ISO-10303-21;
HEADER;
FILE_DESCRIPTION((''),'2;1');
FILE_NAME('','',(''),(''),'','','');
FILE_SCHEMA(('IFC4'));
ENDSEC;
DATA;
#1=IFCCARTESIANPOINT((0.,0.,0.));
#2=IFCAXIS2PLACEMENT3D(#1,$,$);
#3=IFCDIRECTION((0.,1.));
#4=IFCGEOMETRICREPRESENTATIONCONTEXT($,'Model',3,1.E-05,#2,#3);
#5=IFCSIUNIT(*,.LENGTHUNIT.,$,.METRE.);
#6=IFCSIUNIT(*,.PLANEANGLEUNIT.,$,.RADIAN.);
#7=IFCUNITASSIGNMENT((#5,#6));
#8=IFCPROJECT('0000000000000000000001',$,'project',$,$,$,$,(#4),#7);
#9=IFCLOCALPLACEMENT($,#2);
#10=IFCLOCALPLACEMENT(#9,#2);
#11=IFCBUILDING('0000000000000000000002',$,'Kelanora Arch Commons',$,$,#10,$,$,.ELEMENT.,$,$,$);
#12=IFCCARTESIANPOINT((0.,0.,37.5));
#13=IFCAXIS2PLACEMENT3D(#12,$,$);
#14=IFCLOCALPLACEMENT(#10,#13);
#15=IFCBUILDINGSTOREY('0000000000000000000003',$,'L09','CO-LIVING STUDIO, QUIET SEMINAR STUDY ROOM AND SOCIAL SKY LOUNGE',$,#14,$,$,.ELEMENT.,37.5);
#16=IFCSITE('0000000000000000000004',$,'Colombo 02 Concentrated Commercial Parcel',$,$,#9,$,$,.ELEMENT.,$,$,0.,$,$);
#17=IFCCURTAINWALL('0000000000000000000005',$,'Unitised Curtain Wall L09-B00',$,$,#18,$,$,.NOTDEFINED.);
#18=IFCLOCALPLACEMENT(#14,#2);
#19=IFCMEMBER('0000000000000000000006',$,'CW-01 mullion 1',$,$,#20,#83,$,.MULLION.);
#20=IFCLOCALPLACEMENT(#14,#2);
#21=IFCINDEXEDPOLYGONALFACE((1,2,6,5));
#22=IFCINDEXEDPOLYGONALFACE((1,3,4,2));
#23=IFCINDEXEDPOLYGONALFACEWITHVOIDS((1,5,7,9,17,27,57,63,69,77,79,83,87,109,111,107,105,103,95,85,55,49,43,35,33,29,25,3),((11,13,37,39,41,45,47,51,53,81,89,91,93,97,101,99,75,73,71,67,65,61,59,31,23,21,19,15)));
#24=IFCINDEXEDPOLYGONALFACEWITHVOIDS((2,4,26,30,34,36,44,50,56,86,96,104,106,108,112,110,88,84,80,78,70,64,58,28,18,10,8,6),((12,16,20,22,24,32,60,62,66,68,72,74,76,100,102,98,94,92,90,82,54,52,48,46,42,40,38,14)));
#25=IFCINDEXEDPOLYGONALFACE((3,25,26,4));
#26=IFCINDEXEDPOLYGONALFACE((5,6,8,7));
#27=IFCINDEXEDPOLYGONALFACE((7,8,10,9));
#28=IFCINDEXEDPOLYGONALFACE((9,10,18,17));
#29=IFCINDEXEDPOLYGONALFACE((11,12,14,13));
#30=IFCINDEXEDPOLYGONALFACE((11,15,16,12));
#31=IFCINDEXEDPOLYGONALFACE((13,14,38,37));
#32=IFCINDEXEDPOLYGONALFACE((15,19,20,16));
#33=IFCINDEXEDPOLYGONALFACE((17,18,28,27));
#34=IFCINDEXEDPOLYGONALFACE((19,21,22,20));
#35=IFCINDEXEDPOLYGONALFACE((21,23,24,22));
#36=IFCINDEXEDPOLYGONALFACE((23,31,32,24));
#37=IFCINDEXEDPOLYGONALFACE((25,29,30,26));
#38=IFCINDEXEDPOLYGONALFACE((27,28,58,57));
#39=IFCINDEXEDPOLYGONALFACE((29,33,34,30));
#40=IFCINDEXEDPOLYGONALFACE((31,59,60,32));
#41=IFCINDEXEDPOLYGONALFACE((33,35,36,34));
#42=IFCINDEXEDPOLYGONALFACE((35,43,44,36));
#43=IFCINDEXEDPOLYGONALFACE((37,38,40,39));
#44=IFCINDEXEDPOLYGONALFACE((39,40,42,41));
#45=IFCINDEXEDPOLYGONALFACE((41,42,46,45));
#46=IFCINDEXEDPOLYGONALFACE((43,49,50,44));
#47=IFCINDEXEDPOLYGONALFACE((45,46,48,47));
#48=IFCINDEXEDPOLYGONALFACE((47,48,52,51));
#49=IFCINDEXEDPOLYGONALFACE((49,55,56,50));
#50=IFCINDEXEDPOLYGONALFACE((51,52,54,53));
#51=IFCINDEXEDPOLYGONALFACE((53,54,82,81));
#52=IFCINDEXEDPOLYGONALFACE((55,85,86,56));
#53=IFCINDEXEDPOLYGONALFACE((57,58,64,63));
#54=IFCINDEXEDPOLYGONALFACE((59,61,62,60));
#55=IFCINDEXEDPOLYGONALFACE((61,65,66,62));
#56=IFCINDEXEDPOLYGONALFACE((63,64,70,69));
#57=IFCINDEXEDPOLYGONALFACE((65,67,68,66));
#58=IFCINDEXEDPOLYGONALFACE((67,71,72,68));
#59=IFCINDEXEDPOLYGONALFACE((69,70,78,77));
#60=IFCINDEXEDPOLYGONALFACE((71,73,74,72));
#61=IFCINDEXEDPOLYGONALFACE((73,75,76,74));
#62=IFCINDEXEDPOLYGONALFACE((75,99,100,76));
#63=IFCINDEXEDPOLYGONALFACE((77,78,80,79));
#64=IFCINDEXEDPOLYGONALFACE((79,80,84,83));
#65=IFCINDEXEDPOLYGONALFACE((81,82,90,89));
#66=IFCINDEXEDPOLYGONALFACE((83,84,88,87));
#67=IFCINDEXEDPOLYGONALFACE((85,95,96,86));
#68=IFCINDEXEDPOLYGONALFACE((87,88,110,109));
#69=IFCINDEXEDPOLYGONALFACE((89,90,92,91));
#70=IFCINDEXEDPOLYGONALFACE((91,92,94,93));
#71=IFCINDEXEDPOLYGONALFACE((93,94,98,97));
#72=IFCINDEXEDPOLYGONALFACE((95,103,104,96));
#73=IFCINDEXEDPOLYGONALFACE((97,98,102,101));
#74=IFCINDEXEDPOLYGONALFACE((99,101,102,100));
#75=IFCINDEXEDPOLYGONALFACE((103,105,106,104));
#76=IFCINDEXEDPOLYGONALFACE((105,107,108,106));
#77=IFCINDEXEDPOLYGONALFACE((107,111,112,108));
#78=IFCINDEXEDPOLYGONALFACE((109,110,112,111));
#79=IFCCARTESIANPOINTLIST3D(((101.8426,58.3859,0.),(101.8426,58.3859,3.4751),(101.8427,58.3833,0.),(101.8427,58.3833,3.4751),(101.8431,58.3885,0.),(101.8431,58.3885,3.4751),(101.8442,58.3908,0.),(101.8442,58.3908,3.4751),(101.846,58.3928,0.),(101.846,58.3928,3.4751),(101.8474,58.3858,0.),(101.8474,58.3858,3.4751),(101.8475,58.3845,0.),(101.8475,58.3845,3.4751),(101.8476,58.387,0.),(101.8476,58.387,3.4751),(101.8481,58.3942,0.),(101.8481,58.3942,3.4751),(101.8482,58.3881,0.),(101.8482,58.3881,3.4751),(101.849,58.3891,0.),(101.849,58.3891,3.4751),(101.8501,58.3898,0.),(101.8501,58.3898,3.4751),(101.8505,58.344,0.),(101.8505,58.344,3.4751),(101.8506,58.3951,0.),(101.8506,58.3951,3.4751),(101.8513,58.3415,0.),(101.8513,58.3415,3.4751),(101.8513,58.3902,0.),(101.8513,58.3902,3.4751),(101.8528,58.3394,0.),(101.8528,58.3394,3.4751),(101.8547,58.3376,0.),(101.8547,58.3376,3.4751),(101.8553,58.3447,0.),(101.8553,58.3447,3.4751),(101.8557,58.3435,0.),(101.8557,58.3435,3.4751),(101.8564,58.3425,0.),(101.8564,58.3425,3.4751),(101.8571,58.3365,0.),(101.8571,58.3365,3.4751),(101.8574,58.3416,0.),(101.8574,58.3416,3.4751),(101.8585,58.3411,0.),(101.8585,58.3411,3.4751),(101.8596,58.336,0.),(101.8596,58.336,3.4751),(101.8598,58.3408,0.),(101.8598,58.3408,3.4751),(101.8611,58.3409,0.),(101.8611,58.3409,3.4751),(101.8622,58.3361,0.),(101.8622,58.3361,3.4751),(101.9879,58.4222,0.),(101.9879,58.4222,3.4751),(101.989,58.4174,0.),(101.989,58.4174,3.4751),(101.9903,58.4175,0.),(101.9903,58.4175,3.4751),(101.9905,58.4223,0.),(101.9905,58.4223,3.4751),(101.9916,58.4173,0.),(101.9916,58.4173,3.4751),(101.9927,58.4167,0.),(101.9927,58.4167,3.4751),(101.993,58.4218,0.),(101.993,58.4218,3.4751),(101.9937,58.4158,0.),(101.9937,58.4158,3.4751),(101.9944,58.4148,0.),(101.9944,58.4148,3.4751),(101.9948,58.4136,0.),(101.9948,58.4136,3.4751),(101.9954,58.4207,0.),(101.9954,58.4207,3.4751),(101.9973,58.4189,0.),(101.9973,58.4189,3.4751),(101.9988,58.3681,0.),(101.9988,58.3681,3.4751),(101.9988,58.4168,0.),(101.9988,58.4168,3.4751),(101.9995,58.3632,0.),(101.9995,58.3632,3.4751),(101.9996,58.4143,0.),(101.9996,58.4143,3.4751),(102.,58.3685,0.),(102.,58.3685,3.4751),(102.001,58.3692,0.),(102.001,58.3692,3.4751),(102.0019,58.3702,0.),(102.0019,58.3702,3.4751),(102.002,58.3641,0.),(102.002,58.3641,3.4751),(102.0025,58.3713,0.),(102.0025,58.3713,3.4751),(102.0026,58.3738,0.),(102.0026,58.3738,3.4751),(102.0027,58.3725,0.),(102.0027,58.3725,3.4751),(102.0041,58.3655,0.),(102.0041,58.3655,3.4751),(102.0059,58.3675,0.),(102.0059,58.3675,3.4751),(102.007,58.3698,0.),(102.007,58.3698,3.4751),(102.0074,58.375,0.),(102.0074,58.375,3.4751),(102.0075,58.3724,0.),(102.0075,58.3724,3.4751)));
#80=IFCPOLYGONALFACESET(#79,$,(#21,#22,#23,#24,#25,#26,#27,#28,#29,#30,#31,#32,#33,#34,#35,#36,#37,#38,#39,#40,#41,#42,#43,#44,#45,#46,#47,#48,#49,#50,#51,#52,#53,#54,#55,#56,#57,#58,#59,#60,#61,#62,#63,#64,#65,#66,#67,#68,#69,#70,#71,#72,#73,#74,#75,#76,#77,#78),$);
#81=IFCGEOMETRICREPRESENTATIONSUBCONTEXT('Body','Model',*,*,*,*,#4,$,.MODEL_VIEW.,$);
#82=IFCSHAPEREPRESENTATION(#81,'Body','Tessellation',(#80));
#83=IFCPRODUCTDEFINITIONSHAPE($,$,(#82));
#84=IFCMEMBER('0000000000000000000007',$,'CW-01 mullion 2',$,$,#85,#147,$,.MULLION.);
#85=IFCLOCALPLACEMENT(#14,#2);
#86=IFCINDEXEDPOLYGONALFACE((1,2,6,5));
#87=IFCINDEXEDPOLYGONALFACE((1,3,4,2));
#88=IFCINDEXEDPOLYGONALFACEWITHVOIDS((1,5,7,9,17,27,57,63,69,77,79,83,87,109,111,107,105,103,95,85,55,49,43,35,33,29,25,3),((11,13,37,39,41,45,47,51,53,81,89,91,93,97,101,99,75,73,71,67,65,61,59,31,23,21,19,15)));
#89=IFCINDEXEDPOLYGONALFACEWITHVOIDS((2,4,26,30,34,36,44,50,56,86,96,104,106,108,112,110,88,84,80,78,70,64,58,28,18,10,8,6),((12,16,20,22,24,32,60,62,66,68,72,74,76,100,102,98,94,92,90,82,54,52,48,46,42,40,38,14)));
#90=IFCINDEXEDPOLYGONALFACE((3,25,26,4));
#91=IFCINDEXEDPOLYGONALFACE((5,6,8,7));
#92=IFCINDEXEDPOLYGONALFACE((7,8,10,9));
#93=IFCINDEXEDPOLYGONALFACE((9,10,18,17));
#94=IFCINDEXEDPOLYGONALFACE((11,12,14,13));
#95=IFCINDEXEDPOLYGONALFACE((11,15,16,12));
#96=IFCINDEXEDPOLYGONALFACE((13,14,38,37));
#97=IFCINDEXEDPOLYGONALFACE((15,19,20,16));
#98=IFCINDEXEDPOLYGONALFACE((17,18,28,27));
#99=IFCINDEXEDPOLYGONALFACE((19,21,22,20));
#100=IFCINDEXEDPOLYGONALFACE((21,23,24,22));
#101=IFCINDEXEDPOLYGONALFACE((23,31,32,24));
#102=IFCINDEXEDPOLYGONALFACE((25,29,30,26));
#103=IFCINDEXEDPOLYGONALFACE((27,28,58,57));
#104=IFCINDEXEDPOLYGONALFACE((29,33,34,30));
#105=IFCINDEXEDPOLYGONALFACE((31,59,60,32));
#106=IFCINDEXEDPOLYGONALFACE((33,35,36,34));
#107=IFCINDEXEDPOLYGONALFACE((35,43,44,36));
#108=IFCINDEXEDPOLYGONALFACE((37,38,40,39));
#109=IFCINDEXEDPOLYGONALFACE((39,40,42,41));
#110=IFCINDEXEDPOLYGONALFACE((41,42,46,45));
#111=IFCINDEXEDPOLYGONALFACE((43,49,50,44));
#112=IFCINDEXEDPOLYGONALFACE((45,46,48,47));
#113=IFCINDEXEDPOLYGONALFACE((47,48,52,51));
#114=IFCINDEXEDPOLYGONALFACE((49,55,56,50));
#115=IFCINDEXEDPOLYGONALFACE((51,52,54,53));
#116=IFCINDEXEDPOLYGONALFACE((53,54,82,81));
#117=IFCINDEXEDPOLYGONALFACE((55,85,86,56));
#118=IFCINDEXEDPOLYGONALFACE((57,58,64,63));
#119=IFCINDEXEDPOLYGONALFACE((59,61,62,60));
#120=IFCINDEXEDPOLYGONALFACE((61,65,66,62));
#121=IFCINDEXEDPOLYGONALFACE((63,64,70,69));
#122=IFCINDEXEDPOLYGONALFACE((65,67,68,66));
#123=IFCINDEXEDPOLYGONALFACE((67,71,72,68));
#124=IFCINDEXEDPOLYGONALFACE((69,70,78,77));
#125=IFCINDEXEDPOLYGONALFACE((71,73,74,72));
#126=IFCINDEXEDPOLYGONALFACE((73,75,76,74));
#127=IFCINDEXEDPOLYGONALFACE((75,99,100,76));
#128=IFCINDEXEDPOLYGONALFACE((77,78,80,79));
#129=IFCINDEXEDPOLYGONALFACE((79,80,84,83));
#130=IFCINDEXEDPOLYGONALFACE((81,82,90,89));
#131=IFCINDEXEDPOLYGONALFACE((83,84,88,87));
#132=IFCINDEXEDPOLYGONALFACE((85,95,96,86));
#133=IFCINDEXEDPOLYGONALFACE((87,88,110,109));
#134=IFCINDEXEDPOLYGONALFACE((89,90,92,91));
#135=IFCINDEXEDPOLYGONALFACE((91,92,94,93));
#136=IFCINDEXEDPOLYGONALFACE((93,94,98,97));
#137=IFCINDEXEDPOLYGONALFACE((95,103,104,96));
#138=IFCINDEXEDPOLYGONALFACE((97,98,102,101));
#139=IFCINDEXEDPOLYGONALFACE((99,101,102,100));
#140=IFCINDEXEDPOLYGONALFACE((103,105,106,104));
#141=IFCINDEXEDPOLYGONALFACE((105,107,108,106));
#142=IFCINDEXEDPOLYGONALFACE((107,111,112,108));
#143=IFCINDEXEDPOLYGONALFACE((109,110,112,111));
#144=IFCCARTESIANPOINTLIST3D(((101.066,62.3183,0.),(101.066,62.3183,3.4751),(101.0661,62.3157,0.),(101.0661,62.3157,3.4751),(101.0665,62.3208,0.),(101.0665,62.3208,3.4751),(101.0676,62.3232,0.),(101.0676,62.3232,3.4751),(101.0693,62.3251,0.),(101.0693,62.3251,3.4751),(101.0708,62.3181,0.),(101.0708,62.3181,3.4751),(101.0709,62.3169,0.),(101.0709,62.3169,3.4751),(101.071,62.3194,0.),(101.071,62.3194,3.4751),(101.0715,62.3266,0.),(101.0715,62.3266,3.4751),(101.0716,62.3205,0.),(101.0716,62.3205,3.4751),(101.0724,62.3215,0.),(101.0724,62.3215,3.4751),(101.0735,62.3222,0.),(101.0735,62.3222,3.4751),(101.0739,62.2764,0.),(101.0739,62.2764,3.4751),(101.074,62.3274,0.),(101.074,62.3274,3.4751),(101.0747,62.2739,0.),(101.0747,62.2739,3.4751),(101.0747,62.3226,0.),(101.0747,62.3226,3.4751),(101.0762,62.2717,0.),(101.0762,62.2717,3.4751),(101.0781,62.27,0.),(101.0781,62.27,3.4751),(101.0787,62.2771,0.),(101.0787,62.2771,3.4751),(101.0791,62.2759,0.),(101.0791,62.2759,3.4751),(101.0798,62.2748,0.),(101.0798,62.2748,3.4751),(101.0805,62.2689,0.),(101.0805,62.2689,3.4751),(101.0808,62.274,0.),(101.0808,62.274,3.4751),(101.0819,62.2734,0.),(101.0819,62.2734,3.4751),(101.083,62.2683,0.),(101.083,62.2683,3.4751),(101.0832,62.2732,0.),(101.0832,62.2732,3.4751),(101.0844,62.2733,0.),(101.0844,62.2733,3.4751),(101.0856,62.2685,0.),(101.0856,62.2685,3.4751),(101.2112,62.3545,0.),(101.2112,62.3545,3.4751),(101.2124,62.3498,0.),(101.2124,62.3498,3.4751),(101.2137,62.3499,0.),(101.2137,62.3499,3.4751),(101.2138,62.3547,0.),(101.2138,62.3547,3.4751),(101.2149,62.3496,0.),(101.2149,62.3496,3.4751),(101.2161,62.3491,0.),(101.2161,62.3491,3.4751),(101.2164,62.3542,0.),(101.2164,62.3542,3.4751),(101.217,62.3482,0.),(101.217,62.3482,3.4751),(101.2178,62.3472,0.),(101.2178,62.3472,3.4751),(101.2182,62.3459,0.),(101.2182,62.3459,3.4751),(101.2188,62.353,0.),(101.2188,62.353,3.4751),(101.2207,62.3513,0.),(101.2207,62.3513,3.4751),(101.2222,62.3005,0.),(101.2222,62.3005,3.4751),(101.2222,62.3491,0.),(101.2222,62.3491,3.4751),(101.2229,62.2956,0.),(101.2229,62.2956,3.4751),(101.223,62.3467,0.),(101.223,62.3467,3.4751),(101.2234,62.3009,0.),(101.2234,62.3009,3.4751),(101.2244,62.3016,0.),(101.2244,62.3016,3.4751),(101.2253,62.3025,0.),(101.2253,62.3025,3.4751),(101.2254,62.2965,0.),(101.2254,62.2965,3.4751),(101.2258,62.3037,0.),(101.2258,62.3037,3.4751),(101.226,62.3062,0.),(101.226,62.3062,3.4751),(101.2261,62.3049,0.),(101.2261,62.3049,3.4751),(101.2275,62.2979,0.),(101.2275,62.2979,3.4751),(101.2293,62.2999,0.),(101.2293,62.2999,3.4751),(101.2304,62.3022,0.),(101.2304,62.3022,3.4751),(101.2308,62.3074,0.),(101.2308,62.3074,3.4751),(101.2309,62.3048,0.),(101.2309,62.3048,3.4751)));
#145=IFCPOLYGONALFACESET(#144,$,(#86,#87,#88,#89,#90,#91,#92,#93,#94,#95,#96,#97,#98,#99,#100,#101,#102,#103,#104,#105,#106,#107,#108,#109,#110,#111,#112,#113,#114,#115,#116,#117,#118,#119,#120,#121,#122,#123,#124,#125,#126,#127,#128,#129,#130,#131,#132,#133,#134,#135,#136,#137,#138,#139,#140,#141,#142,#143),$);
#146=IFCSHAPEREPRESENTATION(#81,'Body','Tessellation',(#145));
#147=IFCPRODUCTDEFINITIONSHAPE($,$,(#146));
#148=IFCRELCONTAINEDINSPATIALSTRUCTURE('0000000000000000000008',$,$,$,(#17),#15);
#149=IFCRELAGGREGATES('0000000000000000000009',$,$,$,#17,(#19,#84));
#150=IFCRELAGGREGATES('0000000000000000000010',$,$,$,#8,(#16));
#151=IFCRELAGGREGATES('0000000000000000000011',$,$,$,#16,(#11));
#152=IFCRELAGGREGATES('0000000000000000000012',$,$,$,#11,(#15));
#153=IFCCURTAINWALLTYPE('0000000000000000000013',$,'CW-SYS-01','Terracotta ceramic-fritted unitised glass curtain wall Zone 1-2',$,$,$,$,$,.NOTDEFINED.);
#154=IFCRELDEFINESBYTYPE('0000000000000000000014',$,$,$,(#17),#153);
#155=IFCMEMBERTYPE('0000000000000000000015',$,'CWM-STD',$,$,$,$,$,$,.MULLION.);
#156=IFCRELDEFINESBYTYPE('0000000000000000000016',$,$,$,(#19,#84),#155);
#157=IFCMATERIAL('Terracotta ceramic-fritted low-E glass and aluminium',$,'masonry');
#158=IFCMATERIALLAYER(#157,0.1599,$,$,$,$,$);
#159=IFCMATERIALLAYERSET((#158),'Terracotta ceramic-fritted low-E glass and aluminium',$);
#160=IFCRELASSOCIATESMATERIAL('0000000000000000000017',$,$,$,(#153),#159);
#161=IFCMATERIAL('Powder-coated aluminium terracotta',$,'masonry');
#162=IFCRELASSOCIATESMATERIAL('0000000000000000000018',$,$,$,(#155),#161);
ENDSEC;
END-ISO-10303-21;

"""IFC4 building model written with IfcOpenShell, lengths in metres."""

from ifc_helpers import new_model, si_unit, direction, frame, origin, origin_2d, place, context, subcontext, project, spatial, hollow_rectangle, extrude, material, layer, layer_set, material_profile, profile_set, type_object, element, aggregate, save


model = new_model("IFC4")

# Units and contexts
model_context = context("Model", 3, precision=1e-05, world=origin(), true_north=direction((0.0, 1.0)))
body_context = subcontext(model_context, "Body", "Model", "MODEL_VIEW")
ifc_project = project(units=[si_unit("LENGTHUNIT", "METRE"), si_unit("PLANEANGLEUNIT", "RADIAN")], contexts=[model_context])

# Site, building, storey
site_placement = place(None, origin())
site = spatial("IfcSite", under=ifc_project, at=site_placement, Name="Colombo 02 Concentrated Commercial Parcel", CompositionType="ELEMENT", RefElevation=0.0)
building_placement = place(site_placement, origin())
building = spatial("IfcBuilding", under=site, at=building_placement, Name="Kelanora Arch Commons", CompositionType="ELEMENT")
storey_placement = place(building_placement, frame((0.0, 0.0, 37.5)))
storey = spatial("IfcBuildingStorey", under=building, at=storey_placement, Name="L09", Description="CO-LIVING STUDIO, QUIET SEMINAR STUDY ROOM AND SOCIAL SKY LOUNGE", CompositionType="ELEMENT", Elevation=37.5)

# Curtain wall, members
ifc_material_1 = material(Name="Terracotta ceramic-fritted low-E glass and aluminium", Category="masonry")
ifc_layer_1 = layer(ifc_material_1, 0.1599)
ifc_layer_set_1 = layer_set([ifc_layer_1], Name="Terracotta ceramic-fritted low-E glass and aluminium")
curtain_wall_type = type_object("IfcCurtainWallType", Name="CW-SYS-01", Description="Terracotta ceramic-fritted unitised glass curtain wall Zone 1-2", PredefinedType="NOTDEFINED", material=ifc_layer_set_1)
curtain_wall_placement = place(storey_placement, origin())
curtain_wall = element("IfcCurtainWall", 1, at=curtain_wall_placement, inside=storey, type_object=curtain_wall_type, Name="Unitised Curtain Wall L09-B00", PredefinedType="NOTDEFINED")
ifc_material_2 = material(Name="Powder-coated aluminium terracotta", Category="masonry")
ifc_material_profile_1 = material_profile(ifc_material_2, hollow_rectangle(XDim=0.1599, YDim=0.0601, WallThickness=0.0049, InnerFilletRadius=0.0049, OuterFilletRadius=0.01, at=origin_2d()), Name="CWM160x60")
ifc_profile_set_1 = profile_set([ifc_material_profile_1], Name="Powder-coated aluminium terracotta")
member_type_1 = type_object("IfcMemberType", Name="CWM-STD", PredefinedType="MULLION", material=ifc_profile_set_1)
member_1_placement = place(storey_placement, frame((101.925, 58.3792, 0.0), z_axis=(0.0, 0.0, 1.0), x_axis=(-0.981052, -0.193744, 0.0)))
member_1 = element("IfcMember", 2, at=member_1_placement, type_object=member_type_1, Name="CW-01 mullion 1", PredefinedType="MULLION", context=body_context, shape_type="SweptSolid", body=[
    extrude(hollow_rectangle(XDim=0.1599, YDim=0.0601, WallThickness=0.0049, InnerFilletRadius=0.0049, OuterFilletRadius=0.01, at=origin_2d()), origin(), (0.0, 0.0, 1.0), 3.4751),
])
member_2_placement = place(storey_placement, frame((101.1484, 62.3115, 0.0), z_axis=(0.0, 0.0, 1.0), x_axis=(-0.981052, -0.193744, 0.0)))
member_2 = element("IfcMember", 3, at=member_2_placement, type_object=member_type_1, Name="CW-01 mullion 2", PredefinedType="MULLION", context=body_context, shape_type="SweptSolid", body=[
    extrude(hollow_rectangle(XDim=0.1599, YDim=0.0601, WallThickness=0.0049, InnerFilletRadius=0.0049, OuterFilletRadius=0.01, at=origin_2d()), origin(), (0.0, 0.0, 1.0), 3.4751),
])
aggregate(curtain_wall, [member_1, member_2])

save(model, "model.ifc")
